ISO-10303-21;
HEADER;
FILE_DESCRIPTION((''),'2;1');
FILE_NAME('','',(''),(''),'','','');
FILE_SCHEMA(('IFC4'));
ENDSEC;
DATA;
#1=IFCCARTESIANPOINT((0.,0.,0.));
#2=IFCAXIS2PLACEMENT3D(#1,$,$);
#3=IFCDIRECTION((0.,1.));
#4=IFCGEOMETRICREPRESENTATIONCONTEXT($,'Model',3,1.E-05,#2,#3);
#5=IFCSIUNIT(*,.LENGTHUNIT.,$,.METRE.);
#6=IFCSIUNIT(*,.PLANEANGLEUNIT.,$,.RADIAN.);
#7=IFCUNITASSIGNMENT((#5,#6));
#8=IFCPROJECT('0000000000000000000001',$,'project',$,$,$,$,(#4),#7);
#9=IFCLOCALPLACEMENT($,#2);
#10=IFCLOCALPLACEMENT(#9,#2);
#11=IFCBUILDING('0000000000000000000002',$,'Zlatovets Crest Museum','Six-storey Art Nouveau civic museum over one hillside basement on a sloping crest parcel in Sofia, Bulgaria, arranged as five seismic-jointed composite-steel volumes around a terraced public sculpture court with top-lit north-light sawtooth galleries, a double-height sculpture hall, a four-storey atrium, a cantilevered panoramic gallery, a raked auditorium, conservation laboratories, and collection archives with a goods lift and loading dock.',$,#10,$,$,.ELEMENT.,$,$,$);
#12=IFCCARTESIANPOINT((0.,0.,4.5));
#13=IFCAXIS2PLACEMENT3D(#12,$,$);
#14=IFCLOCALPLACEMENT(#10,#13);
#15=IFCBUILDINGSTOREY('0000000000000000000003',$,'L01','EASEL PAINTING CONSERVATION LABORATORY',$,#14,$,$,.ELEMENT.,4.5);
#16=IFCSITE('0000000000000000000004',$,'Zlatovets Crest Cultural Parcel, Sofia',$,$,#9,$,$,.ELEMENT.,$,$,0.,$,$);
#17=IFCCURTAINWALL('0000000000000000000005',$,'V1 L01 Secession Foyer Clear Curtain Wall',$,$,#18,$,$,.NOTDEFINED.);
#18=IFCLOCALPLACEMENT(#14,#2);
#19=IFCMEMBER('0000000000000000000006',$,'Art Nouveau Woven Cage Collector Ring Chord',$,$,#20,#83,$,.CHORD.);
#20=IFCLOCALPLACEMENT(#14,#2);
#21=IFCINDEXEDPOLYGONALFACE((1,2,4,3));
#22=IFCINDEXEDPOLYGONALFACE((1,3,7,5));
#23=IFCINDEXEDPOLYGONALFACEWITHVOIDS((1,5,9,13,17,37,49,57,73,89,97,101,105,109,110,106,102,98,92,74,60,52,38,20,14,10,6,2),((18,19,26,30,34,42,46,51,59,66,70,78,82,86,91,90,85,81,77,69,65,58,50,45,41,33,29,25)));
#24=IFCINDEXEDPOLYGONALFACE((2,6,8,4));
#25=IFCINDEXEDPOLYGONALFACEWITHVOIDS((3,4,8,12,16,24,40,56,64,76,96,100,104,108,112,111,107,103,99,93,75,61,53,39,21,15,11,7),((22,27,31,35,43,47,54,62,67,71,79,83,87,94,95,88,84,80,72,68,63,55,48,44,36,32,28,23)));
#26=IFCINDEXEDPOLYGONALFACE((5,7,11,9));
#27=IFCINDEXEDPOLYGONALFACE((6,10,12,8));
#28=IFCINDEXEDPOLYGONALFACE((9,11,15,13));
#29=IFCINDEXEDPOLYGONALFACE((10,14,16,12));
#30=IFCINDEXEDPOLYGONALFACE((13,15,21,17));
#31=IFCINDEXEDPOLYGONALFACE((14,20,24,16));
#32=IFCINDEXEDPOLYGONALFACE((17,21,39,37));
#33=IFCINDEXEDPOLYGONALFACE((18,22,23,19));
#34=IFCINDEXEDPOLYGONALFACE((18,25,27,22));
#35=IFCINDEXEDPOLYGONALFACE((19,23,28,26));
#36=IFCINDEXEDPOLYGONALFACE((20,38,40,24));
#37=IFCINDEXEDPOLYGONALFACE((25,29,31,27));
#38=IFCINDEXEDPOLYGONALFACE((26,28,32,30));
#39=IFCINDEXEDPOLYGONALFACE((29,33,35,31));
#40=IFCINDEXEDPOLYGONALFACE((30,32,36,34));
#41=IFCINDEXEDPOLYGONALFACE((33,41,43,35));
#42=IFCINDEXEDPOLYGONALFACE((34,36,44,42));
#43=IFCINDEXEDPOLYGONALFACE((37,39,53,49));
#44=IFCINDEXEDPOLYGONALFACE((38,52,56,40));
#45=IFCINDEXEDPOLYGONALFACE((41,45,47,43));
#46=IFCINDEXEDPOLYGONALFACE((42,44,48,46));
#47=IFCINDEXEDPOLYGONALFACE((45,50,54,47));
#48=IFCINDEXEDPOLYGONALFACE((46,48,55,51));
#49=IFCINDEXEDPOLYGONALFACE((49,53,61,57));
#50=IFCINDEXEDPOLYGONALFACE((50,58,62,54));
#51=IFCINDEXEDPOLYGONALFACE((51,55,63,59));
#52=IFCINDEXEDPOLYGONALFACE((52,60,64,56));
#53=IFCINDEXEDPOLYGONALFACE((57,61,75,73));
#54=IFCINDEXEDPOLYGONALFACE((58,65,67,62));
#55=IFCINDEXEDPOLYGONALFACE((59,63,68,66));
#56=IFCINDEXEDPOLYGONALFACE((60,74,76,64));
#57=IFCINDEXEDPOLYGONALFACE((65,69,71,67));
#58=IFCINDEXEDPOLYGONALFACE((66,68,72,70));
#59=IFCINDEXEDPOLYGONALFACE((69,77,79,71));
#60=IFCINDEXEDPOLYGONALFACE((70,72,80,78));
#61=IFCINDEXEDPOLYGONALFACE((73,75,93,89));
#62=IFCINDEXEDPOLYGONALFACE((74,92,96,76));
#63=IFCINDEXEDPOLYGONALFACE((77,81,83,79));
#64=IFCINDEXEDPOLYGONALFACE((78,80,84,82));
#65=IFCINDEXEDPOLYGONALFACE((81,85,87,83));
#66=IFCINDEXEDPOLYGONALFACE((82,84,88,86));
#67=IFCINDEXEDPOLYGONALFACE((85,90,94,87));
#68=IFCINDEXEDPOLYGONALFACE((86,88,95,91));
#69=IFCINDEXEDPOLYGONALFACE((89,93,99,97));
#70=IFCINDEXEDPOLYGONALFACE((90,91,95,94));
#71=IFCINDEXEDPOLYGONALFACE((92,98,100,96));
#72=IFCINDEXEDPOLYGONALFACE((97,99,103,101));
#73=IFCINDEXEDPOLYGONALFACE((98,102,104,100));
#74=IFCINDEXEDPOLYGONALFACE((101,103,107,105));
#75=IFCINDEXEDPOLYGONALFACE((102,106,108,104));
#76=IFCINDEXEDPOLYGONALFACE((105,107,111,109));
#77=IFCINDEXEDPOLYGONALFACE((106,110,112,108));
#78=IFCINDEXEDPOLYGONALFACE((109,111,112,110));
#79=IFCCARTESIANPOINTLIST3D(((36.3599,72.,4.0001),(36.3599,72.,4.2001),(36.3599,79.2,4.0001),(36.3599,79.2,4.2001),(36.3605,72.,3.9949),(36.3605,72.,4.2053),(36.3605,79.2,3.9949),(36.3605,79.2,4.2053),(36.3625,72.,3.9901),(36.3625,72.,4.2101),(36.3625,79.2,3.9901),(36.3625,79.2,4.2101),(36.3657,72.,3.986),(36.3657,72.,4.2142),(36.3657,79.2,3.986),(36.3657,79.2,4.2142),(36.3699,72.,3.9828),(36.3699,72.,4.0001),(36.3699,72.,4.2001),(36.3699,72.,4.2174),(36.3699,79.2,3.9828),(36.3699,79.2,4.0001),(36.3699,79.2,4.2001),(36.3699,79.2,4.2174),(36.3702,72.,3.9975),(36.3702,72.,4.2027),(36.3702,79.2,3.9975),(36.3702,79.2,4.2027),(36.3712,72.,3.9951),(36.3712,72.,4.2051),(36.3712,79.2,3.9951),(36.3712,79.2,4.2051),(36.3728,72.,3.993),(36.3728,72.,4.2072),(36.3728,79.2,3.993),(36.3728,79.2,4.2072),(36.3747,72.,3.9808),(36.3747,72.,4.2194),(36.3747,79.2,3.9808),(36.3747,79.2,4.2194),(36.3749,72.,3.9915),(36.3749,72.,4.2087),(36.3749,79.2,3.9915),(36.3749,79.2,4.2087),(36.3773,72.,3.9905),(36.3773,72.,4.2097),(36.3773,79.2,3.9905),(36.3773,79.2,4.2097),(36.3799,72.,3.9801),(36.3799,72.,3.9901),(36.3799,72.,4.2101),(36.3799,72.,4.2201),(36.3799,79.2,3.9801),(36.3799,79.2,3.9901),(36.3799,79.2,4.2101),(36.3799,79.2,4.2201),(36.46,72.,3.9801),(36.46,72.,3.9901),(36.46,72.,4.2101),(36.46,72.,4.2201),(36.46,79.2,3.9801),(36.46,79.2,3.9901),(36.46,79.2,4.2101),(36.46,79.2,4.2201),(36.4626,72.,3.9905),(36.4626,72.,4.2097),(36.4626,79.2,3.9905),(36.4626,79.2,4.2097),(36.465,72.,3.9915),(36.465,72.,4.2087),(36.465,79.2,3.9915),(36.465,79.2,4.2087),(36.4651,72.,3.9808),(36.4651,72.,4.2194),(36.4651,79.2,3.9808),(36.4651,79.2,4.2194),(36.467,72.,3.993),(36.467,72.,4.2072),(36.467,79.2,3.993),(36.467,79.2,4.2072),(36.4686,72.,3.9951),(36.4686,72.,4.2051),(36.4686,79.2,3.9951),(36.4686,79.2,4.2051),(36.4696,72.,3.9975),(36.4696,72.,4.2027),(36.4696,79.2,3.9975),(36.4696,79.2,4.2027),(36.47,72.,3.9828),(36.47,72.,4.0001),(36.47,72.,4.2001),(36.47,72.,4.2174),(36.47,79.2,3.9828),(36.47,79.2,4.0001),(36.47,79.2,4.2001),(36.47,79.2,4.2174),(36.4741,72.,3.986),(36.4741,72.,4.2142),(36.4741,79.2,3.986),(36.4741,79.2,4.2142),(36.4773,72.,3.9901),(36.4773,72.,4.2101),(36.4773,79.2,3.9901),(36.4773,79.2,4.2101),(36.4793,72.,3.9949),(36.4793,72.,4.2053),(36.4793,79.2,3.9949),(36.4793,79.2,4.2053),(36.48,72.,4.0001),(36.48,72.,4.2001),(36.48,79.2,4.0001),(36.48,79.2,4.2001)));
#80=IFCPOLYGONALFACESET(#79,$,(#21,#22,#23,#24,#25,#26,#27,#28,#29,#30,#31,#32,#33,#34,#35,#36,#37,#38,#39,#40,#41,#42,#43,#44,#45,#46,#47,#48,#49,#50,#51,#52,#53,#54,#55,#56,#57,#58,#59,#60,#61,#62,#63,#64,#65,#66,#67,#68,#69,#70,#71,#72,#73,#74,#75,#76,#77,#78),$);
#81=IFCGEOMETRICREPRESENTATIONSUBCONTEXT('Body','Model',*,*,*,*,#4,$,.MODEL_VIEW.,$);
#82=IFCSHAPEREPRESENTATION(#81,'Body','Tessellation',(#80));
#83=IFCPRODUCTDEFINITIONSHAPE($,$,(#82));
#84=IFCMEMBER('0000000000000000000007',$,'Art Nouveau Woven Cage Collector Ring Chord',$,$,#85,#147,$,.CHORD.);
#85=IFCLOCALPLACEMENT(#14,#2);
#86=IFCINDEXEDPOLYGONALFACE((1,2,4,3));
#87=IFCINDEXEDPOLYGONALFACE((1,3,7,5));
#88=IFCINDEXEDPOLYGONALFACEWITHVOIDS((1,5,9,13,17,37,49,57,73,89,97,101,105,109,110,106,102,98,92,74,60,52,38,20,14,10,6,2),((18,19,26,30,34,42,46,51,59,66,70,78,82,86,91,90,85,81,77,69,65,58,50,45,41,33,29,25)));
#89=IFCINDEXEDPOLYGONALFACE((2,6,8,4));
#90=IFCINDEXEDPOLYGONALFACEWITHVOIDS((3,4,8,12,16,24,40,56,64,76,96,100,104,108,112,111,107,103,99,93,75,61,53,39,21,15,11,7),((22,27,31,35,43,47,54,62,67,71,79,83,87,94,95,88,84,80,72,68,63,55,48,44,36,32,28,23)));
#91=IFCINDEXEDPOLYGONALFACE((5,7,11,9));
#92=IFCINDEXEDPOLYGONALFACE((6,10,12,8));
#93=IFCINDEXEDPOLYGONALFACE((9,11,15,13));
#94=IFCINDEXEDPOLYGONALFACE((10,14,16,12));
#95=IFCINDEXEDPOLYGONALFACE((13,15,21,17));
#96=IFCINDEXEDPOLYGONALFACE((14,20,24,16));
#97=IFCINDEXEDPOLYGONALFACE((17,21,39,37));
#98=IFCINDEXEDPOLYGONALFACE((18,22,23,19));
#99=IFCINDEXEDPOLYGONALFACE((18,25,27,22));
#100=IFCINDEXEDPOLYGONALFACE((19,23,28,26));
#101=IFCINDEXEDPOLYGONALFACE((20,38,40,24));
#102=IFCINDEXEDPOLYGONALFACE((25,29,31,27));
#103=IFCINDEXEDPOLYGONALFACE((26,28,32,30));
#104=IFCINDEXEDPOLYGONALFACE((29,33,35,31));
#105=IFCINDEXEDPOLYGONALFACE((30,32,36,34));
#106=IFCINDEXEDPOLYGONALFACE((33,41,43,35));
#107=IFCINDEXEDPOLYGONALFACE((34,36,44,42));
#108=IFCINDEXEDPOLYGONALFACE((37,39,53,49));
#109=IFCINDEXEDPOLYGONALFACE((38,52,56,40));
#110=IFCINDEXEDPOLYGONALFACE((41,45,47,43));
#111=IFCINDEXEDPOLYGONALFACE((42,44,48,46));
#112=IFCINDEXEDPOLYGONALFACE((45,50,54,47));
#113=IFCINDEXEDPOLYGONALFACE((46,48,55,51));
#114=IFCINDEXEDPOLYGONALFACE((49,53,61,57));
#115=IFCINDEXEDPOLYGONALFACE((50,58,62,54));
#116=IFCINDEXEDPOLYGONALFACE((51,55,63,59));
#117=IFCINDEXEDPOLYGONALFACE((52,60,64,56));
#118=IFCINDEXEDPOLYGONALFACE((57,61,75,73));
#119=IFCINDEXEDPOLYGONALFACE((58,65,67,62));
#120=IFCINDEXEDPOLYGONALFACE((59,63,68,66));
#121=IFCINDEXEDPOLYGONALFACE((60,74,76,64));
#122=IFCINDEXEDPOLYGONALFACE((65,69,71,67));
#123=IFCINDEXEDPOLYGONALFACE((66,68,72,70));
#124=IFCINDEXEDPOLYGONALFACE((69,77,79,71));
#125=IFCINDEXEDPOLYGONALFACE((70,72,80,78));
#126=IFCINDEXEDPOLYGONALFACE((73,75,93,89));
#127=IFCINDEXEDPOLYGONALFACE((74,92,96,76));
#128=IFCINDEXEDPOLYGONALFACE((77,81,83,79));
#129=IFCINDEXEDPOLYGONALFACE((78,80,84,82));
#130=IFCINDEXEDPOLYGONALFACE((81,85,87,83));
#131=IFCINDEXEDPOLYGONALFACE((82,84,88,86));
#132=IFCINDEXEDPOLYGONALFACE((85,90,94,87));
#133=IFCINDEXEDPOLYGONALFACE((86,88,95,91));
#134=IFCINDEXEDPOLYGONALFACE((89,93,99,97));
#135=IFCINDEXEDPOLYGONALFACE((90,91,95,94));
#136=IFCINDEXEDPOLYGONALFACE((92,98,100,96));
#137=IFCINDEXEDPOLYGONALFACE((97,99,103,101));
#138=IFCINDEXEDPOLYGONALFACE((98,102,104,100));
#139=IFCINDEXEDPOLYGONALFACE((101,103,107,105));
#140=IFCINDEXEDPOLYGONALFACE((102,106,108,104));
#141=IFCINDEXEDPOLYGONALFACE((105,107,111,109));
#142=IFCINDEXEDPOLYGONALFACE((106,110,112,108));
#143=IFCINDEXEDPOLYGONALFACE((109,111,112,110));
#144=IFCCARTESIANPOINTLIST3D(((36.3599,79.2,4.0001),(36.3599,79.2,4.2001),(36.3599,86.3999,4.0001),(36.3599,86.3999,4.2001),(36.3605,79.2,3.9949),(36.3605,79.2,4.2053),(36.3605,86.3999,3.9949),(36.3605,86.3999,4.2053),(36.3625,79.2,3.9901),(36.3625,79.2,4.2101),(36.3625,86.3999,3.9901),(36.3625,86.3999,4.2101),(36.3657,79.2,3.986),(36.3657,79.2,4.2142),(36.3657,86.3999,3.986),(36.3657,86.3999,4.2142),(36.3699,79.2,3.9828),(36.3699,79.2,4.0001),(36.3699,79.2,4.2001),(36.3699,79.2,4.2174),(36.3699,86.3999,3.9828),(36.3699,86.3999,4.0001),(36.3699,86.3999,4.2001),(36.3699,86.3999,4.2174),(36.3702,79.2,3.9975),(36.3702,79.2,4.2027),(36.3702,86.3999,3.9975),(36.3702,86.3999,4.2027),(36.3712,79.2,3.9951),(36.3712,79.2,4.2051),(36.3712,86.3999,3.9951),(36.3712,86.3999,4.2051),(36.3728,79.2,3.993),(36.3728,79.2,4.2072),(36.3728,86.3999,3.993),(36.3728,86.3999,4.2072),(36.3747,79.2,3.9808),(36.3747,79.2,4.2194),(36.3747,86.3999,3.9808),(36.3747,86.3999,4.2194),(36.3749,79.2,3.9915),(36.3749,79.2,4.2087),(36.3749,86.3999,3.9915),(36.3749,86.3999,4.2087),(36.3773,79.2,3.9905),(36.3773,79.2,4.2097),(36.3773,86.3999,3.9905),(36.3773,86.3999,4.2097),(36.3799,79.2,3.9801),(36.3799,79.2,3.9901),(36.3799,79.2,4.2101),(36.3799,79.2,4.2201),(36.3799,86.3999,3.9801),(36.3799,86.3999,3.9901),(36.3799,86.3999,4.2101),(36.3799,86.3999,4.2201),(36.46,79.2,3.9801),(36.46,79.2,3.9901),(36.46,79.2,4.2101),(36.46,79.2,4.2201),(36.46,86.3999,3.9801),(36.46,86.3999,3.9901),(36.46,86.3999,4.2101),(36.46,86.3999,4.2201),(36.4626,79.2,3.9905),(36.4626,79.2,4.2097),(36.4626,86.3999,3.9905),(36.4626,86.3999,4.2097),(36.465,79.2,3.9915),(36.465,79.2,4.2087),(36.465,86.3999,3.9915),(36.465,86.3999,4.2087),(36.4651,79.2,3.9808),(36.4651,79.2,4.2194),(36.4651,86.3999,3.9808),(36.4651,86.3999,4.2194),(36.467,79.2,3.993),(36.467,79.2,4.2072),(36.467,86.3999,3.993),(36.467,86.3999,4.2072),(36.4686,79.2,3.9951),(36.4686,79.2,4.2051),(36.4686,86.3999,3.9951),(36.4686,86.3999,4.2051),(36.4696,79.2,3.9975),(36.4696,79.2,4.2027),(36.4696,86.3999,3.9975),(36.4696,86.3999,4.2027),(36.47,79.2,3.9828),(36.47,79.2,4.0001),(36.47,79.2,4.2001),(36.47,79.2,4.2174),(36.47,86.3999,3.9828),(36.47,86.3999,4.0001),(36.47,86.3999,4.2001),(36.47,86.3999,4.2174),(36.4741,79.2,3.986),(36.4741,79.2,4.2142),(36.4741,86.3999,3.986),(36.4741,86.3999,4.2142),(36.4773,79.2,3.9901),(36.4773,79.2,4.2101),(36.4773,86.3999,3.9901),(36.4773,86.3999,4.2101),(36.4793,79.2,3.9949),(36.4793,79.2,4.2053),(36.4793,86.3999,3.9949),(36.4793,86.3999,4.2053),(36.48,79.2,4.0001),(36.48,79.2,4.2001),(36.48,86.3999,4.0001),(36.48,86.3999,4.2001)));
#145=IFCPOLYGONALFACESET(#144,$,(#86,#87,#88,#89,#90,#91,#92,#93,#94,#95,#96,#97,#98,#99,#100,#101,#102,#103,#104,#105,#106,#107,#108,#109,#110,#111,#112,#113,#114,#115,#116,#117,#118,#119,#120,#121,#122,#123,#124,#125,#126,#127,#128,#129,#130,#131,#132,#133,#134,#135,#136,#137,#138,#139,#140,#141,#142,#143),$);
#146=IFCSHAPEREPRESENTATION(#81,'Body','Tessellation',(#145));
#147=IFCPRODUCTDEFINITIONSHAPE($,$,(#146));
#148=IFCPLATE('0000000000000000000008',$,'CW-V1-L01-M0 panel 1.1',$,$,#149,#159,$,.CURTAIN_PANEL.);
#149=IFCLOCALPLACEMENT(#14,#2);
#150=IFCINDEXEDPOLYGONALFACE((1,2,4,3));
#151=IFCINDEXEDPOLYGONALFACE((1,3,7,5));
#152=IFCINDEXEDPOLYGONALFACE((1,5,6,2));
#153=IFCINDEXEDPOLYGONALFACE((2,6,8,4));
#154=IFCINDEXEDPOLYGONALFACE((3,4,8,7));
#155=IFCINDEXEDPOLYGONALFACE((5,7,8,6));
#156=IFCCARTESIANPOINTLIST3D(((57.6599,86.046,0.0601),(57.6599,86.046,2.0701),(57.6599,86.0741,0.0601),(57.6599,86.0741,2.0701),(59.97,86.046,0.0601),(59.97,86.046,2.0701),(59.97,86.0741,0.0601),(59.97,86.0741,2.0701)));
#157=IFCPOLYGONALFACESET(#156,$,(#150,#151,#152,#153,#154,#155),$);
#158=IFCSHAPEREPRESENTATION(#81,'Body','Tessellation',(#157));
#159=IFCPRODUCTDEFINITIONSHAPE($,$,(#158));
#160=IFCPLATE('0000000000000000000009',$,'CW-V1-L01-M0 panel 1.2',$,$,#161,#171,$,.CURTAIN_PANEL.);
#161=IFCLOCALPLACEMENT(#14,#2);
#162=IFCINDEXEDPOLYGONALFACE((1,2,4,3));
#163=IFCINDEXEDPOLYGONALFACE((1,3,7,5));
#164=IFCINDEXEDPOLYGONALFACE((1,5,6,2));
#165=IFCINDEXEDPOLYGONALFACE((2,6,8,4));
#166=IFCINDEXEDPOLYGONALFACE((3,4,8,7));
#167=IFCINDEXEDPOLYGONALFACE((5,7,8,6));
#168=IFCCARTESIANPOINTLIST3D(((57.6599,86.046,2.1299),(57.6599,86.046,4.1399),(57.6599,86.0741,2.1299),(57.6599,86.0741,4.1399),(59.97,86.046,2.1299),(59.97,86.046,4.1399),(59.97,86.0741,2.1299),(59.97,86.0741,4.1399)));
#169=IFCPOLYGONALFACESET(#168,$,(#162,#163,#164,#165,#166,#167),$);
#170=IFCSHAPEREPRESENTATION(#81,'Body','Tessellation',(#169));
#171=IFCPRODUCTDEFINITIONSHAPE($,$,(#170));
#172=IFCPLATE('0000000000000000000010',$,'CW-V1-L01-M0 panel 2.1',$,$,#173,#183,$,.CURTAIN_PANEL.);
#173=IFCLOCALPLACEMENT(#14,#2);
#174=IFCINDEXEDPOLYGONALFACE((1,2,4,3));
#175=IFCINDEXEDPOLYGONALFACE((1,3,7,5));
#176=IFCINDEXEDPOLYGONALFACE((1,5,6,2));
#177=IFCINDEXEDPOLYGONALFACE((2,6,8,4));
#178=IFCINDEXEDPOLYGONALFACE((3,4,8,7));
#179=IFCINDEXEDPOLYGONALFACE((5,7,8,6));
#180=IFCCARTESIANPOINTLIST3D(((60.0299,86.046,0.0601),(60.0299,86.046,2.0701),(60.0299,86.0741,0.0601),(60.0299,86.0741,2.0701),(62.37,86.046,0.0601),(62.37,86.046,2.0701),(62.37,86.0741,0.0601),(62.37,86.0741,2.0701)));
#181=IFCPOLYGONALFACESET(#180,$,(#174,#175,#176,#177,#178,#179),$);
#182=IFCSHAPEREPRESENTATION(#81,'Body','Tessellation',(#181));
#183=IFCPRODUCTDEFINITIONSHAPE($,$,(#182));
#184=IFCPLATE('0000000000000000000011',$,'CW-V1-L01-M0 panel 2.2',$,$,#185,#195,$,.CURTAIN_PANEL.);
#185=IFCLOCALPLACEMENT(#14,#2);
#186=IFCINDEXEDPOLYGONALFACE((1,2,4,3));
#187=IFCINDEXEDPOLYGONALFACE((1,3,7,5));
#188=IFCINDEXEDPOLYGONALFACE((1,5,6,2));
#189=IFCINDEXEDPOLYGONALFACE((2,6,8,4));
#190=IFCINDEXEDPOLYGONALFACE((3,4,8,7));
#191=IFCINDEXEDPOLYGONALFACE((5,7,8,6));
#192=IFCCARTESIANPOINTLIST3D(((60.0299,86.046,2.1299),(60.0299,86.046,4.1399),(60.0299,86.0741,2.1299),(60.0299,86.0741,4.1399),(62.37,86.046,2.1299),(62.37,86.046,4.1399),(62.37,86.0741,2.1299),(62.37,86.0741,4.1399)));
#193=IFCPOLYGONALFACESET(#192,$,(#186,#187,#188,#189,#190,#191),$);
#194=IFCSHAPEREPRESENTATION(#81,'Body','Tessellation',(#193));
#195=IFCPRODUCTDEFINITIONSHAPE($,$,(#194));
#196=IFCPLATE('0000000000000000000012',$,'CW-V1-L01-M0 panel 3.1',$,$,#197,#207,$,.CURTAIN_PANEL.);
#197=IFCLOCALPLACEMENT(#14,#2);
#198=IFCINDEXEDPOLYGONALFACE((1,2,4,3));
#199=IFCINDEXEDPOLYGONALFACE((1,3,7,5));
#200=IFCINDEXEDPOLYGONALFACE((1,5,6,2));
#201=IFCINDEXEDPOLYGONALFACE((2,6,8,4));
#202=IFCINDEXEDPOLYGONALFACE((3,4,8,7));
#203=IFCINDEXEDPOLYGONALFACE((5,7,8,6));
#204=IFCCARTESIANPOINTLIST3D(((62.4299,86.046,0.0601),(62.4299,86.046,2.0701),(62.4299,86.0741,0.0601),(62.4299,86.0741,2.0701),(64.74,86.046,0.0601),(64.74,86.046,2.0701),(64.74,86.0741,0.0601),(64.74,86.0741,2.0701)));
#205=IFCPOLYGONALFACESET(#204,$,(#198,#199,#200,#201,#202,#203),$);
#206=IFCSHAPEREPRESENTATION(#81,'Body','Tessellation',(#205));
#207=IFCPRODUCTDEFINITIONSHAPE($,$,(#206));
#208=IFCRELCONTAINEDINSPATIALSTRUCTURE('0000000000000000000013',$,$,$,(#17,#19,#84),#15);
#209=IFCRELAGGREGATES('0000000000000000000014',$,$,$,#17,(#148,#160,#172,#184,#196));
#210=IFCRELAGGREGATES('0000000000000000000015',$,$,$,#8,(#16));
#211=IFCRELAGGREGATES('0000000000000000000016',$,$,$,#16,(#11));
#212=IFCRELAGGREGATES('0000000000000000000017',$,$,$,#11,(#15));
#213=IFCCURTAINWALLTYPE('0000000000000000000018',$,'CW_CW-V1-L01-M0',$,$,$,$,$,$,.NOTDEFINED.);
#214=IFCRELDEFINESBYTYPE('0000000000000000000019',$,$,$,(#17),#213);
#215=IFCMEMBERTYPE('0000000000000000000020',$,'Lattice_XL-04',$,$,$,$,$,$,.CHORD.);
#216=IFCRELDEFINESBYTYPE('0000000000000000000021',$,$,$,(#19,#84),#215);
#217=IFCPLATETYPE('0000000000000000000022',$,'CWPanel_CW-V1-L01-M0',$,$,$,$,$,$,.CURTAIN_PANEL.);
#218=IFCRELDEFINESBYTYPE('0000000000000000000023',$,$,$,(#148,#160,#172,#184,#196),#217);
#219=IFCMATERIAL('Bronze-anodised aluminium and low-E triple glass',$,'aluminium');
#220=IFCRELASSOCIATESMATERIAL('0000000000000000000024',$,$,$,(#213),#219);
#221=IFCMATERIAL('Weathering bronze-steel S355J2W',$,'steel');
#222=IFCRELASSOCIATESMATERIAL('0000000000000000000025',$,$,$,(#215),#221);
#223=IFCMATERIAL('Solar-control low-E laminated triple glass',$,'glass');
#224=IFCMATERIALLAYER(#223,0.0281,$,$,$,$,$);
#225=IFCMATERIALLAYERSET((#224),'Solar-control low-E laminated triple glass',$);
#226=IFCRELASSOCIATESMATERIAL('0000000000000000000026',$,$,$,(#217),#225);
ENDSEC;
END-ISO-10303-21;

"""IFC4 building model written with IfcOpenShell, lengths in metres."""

from ifc_helpers import new_model, si_unit, direction, frame, origin, origin_2d, place, context, subcontext, project, spatial, rectangle, hollow_rectangle, extrude, material, layer, layer_set, material_profile, profile_set, type_object, element, aggregate, save


model = new_model("IFC4")

# Units and contexts
model_context = context("Model", 3, precision=1e-05, world=origin(), true_north=direction((0.0, 1.0)))
body_context = subcontext(model_context, "Body", "Model", "MODEL_VIEW")
ifc_project = project(units=[si_unit("LENGTHUNIT", "METRE"), si_unit("PLANEANGLEUNIT", "RADIAN")], contexts=[model_context])

# Site, building, storey
site_placement = place(None, origin())
site = spatial("IfcSite", under=ifc_project, at=site_placement, Name="Zlatovets Crest Cultural Parcel, Sofia", CompositionType="ELEMENT", RefElevation=0.0)
building_placement = place(site_placement, origin())
building = spatial("IfcBuilding", under=site, at=building_placement, Name="Zlatovets Crest Museum", Description="Six-storey Art Nouveau civic museum over one hillside basement on a sloping crest parcel in Sofia, Bulgaria, arranged as five seismic-jointed composite-steel volumes around a terraced public sculpture court with top-lit north-light sawtooth galleries, a double-height sculpture hall, a four-storey atrium, a cantilevered panoramic gallery, a raked auditorium, conservation laboratories, and collection archives with a goods lift and loading dock.", CompositionType="ELEMENT")
storey_placement = place(building_placement, frame((0.0, 0.0, 4.5)))
storey = spatial("IfcBuildingStorey", under=building, at=storey_placement, Name="L01", Description="EASEL PAINTING CONSERVATION LABORATORY", CompositionType="ELEMENT", Elevation=4.5)

# Curtain wall
ifc_material_1 = material(Name="Bronze-anodised aluminium and low-E triple glass", Category="aluminium")
curtain_wall_type = type_object("IfcCurtainWallType", Name="CW_CW-V1-L01-M0", PredefinedType="NOTDEFINED", material=ifc_material_1)
curtain_wall_placement = place(storey_placement, origin())
curtain_wall = element("IfcCurtainWall", 1, at=curtain_wall_placement, inside=storey, type_object=curtain_wall_type, Name="V1 L01 Secession Foyer Clear Curtain Wall", PredefinedType="NOTDEFINED")

# Members
ifc_material_2 = material(Name="Weathering bronze-steel S355J2W", Category="steel")
ifc_material_profile_1 = material_profile(ifc_material_2, hollow_rectangle(XDim=0.1201, YDim=0.24, WallThickness=0.01, InnerFilletRadius=0.01, OuterFilletRadius=0.02, at=origin_2d()), Name="RHS 120x240x10.0")
ifc_profile_set_1 = profile_set([ifc_material_profile_1], Name="Weathering bronze-steel S355J2W")
member_type_1 = type_object("IfcMemberType", Name="Lattice_XL-04", PredefinedType="CHORD", material=ifc_profile_set_1)
for number, where, z_axis, x_axis, name in (
    (2, (36.4199, 72.0, 4.1001), (0.0, 1.0, 0.0), (-1.0, 0.0, 0.0), "Art Nouveau Woven Cage Collector Ring Chord"),
    (3, (36.4199, 79.2, 4.1001), (0.0, 1.0, 0.0), (-1.0, 0.0, 0.0), "Art Nouveau Woven Cage Collector Ring Chord"),
):
    element("IfcMember", number, at=place(storey_placement, frame(where, z_axis=z_axis, x_axis=x_axis)), inside=storey, type_object=member_type_1, Name=name, PredefinedType="CHORD", context=body_context, shape_type="SweptSolid", body=[
        extrude(hollow_rectangle(XDim=0.1201, YDim=0.24, WallThickness=0.01, InnerFilletRadius=0.01, OuterFilletRadius=0.02, at=origin_2d()), origin(), (0.0, 0.0, 1.0), 7.2),
    ])

# Plates
ifc_material_3 = material(Name="Solar-control low-E laminated triple glass", Category="glass")
ifc_layer_1 = layer(ifc_material_3, 0.0281)
ifc_layer_set_1 = layer_set([ifc_layer_1], Name="Solar-control low-E laminated triple glass")
plate_type_1 = type_object("IfcPlateType", Name="CWPanel_CW-V1-L01-M0", PredefinedType="CURTAIN_PANEL", material=ifc_layer_set_1)
plate_1_placement = place(storey_placement, frame((58.8149, 86.0601, 0.0601), z_axis=(0.0, 0.0, 1.0), x_axis=(1.0, 0.0, 0.0)))
plate_1 = element("IfcPlate", 4, at=plate_1_placement, type_object=plate_type_1, Name="CW-V1-L01-M0 panel 1.1", PredefinedType="CURTAIN_PANEL", context=body_context, shape_type="SweptSolid", body=[
    extrude(rectangle(XDim=2.3101, YDim=0.0281, at=origin_2d()), origin(), (0.0, 0.0, 1.0), 2.01),
])
plate_2_placement = place(storey_placement, frame((58.8149, 86.0601, 2.1299), z_axis=(0.0, 0.0, 1.0), x_axis=(1.0, 0.0, 0.0)))
plate_2 = element("IfcPlate", 5, at=plate_2_placement, type_object=plate_type_1, Name="CW-V1-L01-M0 panel 1.2", PredefinedType="CURTAIN_PANEL", context=body_context, shape_type="SweptSolid", body=[
    extrude(rectangle(XDim=2.3101, YDim=0.0281, at=origin_2d()), origin(), (0.0, 0.0, 1.0), 2.01),
])
plate_3_placement = place(storey_placement, frame((61.2, 86.0601, 0.0601), z_axis=(0.0, 0.0, 1.0), x_axis=(1.0, 0.0, 0.0)))
plate_3 = element("IfcPlate", 6, at=plate_3_placement, type_object=plate_type_1, Name="CW-V1-L01-M0 panel 2.1", PredefinedType="CURTAIN_PANEL", context=body_context, shape_type="SweptSolid", body=[
    extrude(rectangle(XDim=2.3401, YDim=0.0281, at=origin_2d()), origin(), (0.0, 0.0, 1.0), 2.01),
])
plate_4_placement = place(storey_placement, frame((61.2, 86.0601, 2.1299), z_axis=(0.0, 0.0, 1.0), x_axis=(1.0, 0.0, 0.0)))
plate_4 = element("IfcPlate", 7, at=plate_4_placement, type_object=plate_type_1, Name="CW-V1-L01-M0 panel 2.2", PredefinedType="CURTAIN_PANEL", context=body_context, shape_type="SweptSolid", body=[
    extrude(rectangle(XDim=2.3401, YDim=0.0281, at=origin_2d()), origin(), (0.0, 0.0, 1.0), 2.01),
])
plate_5_placement = place(storey_placement, frame((63.585, 86.0601, 0.0601), z_axis=(0.0, 0.0, 1.0), x_axis=(1.0, 0.0, 0.0)))
plate_5 = element("IfcPlate", 8, at=plate_5_placement, type_object=plate_type_1, Name="CW-V1-L01-M0 panel 3.1", PredefinedType="CURTAIN_PANEL", context=body_context, shape_type="SweptSolid", body=[
    extrude(rectangle(XDim=2.3101, YDim=0.0281, at=origin_2d()), origin(), (0.0, 0.0, 1.0), 2.01),
])
aggregate(curtain_wall, [plate_1, plate_2, plate_3, plate_4, plate_5])

save(model, "model.ifc")
